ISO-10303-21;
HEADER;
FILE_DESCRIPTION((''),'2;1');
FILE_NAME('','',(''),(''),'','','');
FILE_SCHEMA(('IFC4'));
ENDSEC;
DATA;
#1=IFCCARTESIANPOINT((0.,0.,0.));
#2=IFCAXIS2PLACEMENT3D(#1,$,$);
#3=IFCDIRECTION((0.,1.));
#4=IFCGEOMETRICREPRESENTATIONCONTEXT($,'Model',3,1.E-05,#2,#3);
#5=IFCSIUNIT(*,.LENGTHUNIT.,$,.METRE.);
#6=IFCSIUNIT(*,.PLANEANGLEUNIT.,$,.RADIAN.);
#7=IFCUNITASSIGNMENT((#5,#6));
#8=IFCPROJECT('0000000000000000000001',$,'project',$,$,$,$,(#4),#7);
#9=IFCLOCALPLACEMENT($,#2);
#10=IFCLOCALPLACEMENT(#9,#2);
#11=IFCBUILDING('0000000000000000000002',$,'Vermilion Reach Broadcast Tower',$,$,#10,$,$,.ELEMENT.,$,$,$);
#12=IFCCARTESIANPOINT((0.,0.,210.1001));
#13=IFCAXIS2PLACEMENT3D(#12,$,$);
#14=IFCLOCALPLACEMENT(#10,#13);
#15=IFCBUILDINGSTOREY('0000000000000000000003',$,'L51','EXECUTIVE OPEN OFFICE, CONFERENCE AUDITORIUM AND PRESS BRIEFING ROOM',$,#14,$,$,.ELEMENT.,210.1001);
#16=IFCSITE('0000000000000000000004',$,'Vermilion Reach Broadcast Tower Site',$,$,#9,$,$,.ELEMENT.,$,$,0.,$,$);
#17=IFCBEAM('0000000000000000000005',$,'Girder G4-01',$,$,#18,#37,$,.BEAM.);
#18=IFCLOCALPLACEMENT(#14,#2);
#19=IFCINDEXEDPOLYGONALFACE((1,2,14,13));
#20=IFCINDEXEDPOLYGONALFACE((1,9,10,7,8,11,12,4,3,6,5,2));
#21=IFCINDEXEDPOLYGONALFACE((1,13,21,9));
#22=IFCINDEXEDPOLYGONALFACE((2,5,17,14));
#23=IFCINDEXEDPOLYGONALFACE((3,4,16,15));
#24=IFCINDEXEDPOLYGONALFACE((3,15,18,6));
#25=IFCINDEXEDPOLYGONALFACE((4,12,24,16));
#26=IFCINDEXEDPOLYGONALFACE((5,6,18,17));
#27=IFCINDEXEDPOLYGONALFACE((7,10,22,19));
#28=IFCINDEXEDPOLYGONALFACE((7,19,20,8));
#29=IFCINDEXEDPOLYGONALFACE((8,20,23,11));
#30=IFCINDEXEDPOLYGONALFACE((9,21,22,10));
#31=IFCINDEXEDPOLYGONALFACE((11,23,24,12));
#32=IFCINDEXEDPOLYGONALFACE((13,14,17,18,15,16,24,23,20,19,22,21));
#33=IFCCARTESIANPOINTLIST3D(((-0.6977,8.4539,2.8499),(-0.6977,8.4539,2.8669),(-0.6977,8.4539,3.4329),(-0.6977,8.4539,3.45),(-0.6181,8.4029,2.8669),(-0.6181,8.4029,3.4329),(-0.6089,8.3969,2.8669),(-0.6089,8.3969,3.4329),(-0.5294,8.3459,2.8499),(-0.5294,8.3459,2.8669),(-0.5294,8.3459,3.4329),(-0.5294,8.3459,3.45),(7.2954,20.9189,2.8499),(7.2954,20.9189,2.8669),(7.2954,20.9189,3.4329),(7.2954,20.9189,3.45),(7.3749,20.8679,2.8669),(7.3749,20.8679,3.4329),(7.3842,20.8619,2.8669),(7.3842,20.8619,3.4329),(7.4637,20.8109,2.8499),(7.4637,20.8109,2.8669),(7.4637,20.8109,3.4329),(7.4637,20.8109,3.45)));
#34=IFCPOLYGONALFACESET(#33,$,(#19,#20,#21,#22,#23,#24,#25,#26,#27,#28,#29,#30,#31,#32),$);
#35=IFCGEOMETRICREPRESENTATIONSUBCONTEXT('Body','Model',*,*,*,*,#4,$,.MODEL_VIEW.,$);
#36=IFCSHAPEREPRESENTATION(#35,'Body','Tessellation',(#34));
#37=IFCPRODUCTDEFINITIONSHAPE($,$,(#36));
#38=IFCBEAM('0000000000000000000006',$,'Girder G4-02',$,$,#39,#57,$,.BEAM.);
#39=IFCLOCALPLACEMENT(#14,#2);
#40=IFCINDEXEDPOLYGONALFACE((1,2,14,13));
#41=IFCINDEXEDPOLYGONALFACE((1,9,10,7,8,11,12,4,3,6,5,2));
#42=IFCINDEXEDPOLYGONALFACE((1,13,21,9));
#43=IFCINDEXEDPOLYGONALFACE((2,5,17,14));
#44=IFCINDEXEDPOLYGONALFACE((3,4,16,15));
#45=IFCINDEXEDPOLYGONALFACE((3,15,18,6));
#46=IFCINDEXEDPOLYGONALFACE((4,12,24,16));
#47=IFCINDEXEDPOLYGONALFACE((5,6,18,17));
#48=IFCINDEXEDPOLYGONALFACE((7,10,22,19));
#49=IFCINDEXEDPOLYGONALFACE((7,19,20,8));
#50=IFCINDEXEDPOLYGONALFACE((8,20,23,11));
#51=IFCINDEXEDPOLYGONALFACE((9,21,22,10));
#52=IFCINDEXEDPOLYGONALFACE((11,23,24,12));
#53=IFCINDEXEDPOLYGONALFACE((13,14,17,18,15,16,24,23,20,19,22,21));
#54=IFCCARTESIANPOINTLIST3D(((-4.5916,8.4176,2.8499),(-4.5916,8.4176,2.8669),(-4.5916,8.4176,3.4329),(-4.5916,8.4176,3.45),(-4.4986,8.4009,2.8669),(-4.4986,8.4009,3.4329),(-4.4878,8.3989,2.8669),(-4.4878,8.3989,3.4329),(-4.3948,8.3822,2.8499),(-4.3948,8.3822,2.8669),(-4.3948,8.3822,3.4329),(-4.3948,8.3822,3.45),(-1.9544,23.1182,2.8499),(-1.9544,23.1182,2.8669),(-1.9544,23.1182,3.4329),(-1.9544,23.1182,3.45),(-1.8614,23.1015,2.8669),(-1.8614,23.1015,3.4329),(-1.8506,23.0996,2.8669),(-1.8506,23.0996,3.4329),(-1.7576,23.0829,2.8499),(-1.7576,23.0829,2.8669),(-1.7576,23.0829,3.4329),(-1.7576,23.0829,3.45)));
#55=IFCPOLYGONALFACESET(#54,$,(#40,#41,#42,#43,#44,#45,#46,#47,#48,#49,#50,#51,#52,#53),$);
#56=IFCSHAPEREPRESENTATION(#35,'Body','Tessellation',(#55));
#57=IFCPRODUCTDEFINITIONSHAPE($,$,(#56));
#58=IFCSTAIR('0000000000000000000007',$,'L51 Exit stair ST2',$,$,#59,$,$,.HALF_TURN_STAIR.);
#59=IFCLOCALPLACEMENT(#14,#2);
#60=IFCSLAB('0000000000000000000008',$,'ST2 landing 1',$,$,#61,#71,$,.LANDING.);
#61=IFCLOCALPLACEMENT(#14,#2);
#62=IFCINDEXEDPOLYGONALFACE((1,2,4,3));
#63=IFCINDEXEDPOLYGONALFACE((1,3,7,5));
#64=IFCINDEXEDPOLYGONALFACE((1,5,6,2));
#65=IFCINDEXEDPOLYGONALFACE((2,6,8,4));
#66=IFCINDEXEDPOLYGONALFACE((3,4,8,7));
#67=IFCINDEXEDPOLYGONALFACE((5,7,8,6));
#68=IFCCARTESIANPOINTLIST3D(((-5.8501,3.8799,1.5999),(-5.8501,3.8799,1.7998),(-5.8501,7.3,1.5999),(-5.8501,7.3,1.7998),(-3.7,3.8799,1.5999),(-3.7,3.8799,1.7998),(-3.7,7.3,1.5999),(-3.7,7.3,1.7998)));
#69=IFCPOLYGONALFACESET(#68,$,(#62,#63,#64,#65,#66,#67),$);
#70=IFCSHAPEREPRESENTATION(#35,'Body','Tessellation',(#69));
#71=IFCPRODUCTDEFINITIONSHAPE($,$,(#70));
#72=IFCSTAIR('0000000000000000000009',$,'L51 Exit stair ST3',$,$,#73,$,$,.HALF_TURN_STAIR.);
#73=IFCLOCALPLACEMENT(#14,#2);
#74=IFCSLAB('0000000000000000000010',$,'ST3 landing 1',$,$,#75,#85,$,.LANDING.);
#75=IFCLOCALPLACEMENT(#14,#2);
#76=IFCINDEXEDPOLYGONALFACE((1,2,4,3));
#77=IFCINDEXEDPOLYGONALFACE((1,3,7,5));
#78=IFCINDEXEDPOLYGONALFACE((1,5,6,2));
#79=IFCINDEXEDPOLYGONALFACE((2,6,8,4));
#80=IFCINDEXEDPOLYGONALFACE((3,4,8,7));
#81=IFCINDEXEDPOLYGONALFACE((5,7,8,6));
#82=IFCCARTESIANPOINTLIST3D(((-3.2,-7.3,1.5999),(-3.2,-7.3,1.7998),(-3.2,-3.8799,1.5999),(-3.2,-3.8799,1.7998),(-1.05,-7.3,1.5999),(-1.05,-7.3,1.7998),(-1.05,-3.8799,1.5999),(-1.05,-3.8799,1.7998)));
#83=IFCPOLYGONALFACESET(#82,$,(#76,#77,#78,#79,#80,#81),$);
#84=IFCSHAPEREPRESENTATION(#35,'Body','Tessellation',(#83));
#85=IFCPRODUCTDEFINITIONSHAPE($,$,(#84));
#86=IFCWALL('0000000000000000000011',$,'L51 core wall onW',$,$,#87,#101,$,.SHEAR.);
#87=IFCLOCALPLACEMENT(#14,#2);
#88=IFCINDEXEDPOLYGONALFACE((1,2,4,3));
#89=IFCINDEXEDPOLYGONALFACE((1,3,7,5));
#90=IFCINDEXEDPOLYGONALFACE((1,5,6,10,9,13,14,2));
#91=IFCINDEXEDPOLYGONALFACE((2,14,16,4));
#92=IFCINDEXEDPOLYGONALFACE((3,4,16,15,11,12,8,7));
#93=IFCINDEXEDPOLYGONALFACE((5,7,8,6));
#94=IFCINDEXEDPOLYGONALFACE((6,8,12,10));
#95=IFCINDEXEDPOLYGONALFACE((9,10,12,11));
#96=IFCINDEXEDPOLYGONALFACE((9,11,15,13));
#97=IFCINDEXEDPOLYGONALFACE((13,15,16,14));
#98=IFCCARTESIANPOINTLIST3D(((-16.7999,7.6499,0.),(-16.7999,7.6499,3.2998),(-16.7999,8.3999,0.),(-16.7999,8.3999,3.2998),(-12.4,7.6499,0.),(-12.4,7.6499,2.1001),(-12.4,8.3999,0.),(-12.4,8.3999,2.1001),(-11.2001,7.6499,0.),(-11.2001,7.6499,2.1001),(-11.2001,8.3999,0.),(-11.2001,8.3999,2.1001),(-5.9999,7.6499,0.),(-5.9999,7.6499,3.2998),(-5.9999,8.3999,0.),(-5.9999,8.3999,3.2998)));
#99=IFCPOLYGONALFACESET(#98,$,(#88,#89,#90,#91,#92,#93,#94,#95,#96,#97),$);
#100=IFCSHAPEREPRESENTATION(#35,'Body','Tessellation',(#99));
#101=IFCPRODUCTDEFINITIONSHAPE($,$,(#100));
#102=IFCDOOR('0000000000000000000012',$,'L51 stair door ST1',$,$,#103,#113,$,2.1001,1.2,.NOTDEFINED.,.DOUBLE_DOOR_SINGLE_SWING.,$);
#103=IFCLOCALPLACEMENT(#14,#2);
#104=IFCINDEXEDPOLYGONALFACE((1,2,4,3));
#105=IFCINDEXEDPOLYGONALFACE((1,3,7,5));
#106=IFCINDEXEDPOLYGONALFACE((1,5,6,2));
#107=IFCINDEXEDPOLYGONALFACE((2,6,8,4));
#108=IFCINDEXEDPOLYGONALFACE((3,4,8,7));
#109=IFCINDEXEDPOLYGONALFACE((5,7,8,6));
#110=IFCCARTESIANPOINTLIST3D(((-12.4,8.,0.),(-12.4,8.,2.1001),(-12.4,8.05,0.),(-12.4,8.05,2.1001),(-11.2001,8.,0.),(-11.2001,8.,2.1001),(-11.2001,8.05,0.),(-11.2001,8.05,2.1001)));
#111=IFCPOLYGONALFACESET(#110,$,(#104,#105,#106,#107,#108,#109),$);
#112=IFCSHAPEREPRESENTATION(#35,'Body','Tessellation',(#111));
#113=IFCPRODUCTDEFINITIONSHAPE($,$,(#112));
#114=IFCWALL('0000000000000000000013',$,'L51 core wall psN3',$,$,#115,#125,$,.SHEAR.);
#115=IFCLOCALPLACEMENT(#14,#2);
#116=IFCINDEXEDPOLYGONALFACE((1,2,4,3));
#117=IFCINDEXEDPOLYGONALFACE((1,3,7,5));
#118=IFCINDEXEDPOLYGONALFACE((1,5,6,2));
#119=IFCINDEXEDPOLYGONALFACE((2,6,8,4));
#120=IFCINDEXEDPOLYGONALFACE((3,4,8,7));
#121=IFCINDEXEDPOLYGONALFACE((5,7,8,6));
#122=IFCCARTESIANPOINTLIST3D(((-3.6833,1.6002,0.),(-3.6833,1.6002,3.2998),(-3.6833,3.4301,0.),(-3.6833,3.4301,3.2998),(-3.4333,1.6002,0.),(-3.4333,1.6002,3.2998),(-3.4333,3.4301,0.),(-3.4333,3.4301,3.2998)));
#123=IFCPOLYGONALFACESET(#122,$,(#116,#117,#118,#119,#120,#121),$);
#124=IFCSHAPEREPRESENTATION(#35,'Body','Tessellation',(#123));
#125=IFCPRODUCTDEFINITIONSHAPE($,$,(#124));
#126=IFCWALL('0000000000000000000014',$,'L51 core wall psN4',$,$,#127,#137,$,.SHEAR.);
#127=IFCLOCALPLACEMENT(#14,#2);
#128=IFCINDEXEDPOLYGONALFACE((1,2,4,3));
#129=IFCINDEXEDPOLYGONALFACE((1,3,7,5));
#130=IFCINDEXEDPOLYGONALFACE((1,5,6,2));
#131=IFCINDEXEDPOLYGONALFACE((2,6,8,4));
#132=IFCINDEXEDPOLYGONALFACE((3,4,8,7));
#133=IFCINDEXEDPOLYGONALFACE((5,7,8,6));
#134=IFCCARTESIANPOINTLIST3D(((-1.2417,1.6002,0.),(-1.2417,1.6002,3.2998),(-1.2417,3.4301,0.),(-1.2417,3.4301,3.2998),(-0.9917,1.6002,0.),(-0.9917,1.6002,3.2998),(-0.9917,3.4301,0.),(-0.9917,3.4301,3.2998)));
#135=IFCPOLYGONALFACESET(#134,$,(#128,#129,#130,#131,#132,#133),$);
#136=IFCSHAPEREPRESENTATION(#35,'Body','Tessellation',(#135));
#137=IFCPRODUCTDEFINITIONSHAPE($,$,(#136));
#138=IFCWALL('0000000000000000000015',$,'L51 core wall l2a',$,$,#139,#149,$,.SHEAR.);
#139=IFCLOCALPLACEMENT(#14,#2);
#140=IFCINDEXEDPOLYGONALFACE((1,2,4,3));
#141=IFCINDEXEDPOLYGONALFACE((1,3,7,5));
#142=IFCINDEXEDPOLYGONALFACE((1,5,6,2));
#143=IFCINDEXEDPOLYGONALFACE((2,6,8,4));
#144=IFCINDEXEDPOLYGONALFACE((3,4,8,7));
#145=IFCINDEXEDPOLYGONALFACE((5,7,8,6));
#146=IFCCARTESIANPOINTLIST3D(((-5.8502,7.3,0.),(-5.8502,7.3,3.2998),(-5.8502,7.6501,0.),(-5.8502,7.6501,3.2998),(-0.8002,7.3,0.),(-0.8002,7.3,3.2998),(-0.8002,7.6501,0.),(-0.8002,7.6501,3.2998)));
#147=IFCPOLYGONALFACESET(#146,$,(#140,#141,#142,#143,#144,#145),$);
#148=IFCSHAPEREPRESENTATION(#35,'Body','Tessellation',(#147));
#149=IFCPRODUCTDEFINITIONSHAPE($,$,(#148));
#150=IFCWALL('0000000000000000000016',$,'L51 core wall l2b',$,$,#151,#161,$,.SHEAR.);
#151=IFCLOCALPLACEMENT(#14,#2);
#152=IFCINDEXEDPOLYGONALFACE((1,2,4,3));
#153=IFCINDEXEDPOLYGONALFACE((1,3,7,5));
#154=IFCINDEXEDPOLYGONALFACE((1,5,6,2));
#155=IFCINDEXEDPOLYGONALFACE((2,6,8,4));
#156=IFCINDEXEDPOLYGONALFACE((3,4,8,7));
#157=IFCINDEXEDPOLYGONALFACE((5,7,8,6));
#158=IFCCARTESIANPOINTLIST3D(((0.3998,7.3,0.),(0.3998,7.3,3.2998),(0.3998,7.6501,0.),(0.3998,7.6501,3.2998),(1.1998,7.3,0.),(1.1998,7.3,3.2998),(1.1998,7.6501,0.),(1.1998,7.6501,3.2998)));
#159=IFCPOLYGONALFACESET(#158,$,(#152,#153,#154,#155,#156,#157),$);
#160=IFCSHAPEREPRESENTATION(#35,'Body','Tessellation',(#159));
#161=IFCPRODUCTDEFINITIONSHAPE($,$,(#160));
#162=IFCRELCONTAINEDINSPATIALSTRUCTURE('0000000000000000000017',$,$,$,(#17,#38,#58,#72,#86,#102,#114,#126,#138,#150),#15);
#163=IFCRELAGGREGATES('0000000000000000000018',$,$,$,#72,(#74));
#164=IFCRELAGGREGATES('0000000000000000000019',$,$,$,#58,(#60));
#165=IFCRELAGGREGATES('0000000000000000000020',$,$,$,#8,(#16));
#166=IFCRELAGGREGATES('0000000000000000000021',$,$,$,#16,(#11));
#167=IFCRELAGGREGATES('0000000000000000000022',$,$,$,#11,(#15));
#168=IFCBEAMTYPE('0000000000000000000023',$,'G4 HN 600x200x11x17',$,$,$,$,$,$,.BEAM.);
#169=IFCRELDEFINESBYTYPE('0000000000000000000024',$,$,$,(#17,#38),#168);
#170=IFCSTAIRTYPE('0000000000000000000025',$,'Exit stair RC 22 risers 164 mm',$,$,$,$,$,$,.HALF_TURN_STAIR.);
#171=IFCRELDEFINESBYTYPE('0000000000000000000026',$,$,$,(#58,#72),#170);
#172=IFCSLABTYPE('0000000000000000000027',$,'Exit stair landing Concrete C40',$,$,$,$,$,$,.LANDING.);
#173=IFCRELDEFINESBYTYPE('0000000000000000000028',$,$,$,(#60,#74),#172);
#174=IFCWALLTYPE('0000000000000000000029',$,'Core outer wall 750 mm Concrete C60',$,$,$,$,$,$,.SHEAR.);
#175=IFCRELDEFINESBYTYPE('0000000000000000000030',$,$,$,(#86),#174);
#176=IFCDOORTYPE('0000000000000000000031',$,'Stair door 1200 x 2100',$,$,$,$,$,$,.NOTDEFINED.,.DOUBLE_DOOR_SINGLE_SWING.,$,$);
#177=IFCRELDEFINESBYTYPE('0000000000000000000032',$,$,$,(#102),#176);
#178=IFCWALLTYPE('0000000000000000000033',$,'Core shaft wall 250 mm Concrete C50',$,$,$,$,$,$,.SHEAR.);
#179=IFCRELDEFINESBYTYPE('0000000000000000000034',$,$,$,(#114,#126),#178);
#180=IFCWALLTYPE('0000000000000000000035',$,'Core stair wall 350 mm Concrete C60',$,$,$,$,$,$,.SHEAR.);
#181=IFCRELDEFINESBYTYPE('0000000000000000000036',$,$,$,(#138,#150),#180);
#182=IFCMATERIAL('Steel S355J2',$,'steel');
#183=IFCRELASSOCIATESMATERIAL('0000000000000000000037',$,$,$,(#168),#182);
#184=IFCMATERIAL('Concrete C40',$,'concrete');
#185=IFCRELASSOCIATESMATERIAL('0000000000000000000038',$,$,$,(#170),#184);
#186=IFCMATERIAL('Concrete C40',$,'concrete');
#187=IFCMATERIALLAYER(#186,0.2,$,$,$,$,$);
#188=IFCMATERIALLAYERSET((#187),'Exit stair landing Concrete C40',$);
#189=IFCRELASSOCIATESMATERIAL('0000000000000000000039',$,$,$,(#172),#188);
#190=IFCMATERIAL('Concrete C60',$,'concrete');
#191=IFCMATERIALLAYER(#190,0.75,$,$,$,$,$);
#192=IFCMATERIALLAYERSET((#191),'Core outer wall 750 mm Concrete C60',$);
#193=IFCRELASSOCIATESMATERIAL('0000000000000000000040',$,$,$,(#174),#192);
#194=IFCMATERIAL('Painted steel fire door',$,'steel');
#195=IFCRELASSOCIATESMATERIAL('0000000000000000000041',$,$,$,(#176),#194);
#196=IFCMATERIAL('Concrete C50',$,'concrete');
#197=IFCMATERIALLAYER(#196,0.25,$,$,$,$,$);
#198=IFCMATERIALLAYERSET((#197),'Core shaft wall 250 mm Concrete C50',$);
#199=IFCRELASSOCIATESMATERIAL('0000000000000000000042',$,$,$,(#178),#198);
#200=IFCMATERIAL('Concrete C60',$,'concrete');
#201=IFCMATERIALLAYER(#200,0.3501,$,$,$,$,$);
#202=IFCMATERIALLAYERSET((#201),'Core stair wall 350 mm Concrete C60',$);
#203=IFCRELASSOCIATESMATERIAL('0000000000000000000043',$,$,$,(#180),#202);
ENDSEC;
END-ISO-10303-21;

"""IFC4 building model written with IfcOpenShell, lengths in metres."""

from ifc_helpers import new_model, si_unit, direction, frame, frame_2d, origin, origin_2d, place, context, subcontext, project, spatial, polyline, rectangle, i_section, outline, extrude, material, layer, layer_set, material_profile, profile_set, type_object, element, fill, aggregate, save


model = new_model("IFC4")

# Units and contexts
model_context = context("Model", 3, precision=1e-05, world=origin(), true_north=direction((0.0, 1.0)))
body_context = subcontext(model_context, "Body", "Model", "MODEL_VIEW")
ifc_project = project(units=[si_unit("LENGTHUNIT", "METRE"), si_unit("PLANEANGLEUNIT", "RADIAN")], contexts=[model_context])

# Site, building, storey
site_placement = place(None, origin())
site = spatial("IfcSite", under=ifc_project, at=site_placement, Name="Vermilion Reach Broadcast Tower Site", CompositionType="ELEMENT", RefElevation=0.0)
building_placement = place(site_placement, origin())
building = spatial("IfcBuilding", under=site, at=building_placement, Name="Vermilion Reach Broadcast Tower", CompositionType="ELEMENT")
storey_placement = place(building_placement, frame((0.0, 0.0, 210.1001)))
storey = spatial("IfcBuildingStorey", under=building, at=storey_placement, Name="L51", Description="EXECUTIVE OPEN OFFICE, CONFERENCE AUDITORIUM AND PRESS BRIEFING ROOM", CompositionType="ELEMENT", Elevation=210.1001)

# Beams
ifc_material_1 = material(Name="Steel S355J2", Category="steel")
ifc_material_profile = material_profile(ifc_material_1, i_section(OverallWidth=0.2, OverallDepth=0.6001, WebThickness=0.011, FlangeThickness=0.0171, at=origin_2d()), Name="S355J2 HN 600x200x11x17")
ifc_profile_set = profile_set([ifc_material_profile], Name="Steel S355J2")
beam_type = type_object("IfcBeamType", Name="G4 HN 600x200x11x17", PredefinedType="BEAM", material=ifc_profile_set)
beam_1_placement = place(storey_placement, frame((-0.6135, 8.3999, 3.1499), z_axis=(0.539796, 0.841796, 0.0), x_axis=(-0.841796, 0.539796, 0.0)))
element("IfcBeam", 1, at=beam_1_placement, inside=storey, type_object=beam_type, Name="Girder G4-01", PredefinedType="BEAM", context=body_context, shape_type="SweptSolid", body=[
    extrude(i_section(OverallWidth=0.2, OverallDepth=0.6001, WebThickness=0.011, FlangeThickness=0.0171, at=origin_2d()), origin(), (0.0, 0.0, 1.0), 14.8076),
])
beam_2_placement = place(storey_placement, frame((-4.4932, 8.3999, 3.1499), z_axis=(0.176575, 0.984287, 0.0), x_axis=(-0.984287, 0.176575, 0.0)))
element("IfcBeam", 2, at=beam_2_placement, inside=storey, type_object=beam_type, Name="Girder G4-02", PredefinedType="BEAM", context=body_context, shape_type="SweptSolid", body=[
    extrude(i_section(OverallWidth=0.2, OverallDepth=0.6001, WebThickness=0.011, FlangeThickness=0.0171, at=origin_2d()), origin(), (0.0, 0.0, 1.0), 14.9353),
])

# Stairs, slabs
ifc_material_2 = material(Name="Concrete C40", Category="concrete")
stair_type = type_object("IfcStairType", Name="Exit stair RC 22 risers 164 mm", PredefinedType="HALF_TURN_STAIR", material=ifc_material_2)
placement_1 = place(storey_placement, origin())
stair_1 = element("IfcStair", 3, at=placement_1, inside=storey, type_object=stair_type, Name="L51 Exit stair ST2", PredefinedType="HALF_TURN_STAIR")
ifc_material_3 = material(Name="Concrete C40", Category="concrete")
ifc_layer_1 = layer(ifc_material_3, 0.2)
ifc_layer_set_1 = layer_set([ifc_layer_1], Name="Exit stair landing Concrete C40")
slab_type = type_object("IfcSlabType", Name="Exit stair landing Concrete C40", PredefinedType="LANDING", material=ifc_layer_set_1)
placement_2 = place(storey_placement, frame((0.0, 0.0, 1.5999)))
slab_1 = element("IfcSlab", 4, at=placement_2, type_object=slab_type, Name="ST2 landing 1", PredefinedType="LANDING", context=body_context, shape_type="SweptSolid", body=[
    extrude(outline(polyline([(-3.7, 7.3), (-5.8501, 7.3), (-5.8501, 3.8799), (-3.7, 3.8799), (-3.7, 7.3)])), origin(), (0.0, 0.0, 1.0), 0.2),
])
stair_2 = element("IfcStair", 5, at=placement_1, inside=storey, type_object=stair_type, Name="L51 Exit stair ST3", PredefinedType="HALF_TURN_STAIR")
slab_2 = element("IfcSlab", 6, at=placement_2, type_object=slab_type, Name="ST3 landing 1", PredefinedType="LANDING", context=body_context, shape_type="SweptSolid", body=[
    extrude(outline(polyline([(-3.2, -7.3), (-1.05, -7.3), (-1.05, -3.8799), (-3.2, -3.8799), (-3.2, -7.3)])), origin(), (0.0, 0.0, 1.0), 0.2),
])
aggregate(stair_2, [slab_2])

# Wall, opening, door
ifc_material_4 = material(Name="Concrete C60", Category="concrete")
ifc_layer_2 = layer(ifc_material_4, 0.75)
ifc_layer_set_2 = layer_set([ifc_layer_2], Name="Core outer wall 750 mm Concrete C60")
wall_type_1 = type_object("IfcWallType", Name="Core outer wall 750 mm Concrete C60", PredefinedType="SHEAR", material=ifc_layer_set_2)
wall_1_placement = place(storey_placement, frame((-6.0, 8.0249, 0.0), z_axis=(0.0, 0.0, 1.0), x_axis=(-1.0, 0.0, 0.0)))
wall_1 = element("IfcWall", 7, at=wall_1_placement, inside=storey, type_object=wall_type_1, Name="L51 core wall onW", PredefinedType="SHEAR", context=body_context, shape_type="SweptSolid", body=[
    extrude(rectangle(XDim=10.8, YDim=0.75, at=frame_2d((5.3999, 0.0))), origin(), (0.0, 0.0, 1.0), 3.2998),
])
opening_placement = place(wall_1_placement, frame((5.2, 0.0, 0.0)))
opening = element("IfcOpeningElement", 8, at=opening_placement, cuts=wall_1, PredefinedType="OPENING", context=body_context, shape_type="SweptSolid", body=[
    extrude(rectangle(XDim=1.2, YDim=2.1001, at=frame_2d((0.6001, 1.05))), frame((0.0, 0.385, 0.0), z_axis=(0.0, -1.0, 0.0), x_axis=(1.0, 0.0, 0.0)), (0.0, 0.0, 1.0), 0.77),
])
ifc_material_5 = material(Name="Painted steel fire door", Category="steel")
door_type = type_object("IfcDoorType", Name="Stair door 1200 x 2100", OperationType="DOUBLE_DOOR_SINGLE_SWING", PredefinedType="NOTDEFINED", material=ifc_material_5)
door_placement = place(opening_placement, origin())
door = element("IfcDoor", 9, at=door_placement, inside=storey, type_object=door_type, Name="L51 stair door ST1", OperationType="DOUBLE_DOOR_SINGLE_SWING", OverallHeight=2.1001, OverallWidth=1.2, PredefinedType="NOTDEFINED", context=body_context, shape_type="SweptSolid", body=[
    extrude(rectangle(XDim=1.2, YDim=2.1001, at=frame_2d((0.6001, 1.05))), frame((0.0, 0.0249, 0.0), z_axis=(0.0, -1.0, 0.0), x_axis=(1.0, 0.0, 0.0)), (0.0, 0.0, 1.0), 0.05),
])
fill(opening, door)

# Walls
ifc_material_6 = material(Name="Concrete C50", Category="concrete")
ifc_layer_3 = layer(ifc_material_6, 0.25)
ifc_layer_set_3 = layer_set([ifc_layer_3], Name="Core shaft wall 250 mm Concrete C50")
wall_type_2 = type_object("IfcWallType", Name="Core shaft wall 250 mm Concrete C50", PredefinedType="SHEAR", material=ifc_layer_set_3)
for number, where, z_axis, x_axis, name in (
    (10, (-3.5583, 1.6001, 0.0), (0.0, 0.0, 1.0), (0.0, 1.0, 0.0), "L51 core wall psN3"),
    (11, (-1.1167, 1.6001, 0.0), (0.0, 0.0, 1.0), (0.0, 1.0, 0.0), "L51 core wall psN4"),
):
    element("IfcWall", number, at=place(storey_placement, frame(where, z_axis=z_axis, x_axis=x_axis)), inside=storey, type_object=wall_type_2, Name=name, PredefinedType="SHEAR", context=body_context, shape_type="SweptSolid", body=[
        extrude(rectangle(XDim=1.8298, YDim=0.25, at=frame_2d((0.915, 0.0))), origin(), (0.0, 0.0, 1.0), 3.2998),
    ])
ifc_material_7 = material(Name="Concrete C60", Category="concrete")
ifc_layer_4 = layer(ifc_material_7, 0.3501)
ifc_layer_set_4 = layer_set([ifc_layer_4], Name="Core stair wall 350 mm Concrete C60")
wall_type_3 = type_object("IfcWallType", Name="Core stair wall 350 mm Concrete C60", PredefinedType="SHEAR", material=ifc_layer_set_4)
wall_2_placement = place(storey_placement, frame((-5.8501, 7.4751, 0.0), z_axis=(0.0, 0.0, 1.0), x_axis=(1.0, 0.0, 0.0)))
element("IfcWall", 12, at=wall_2_placement, inside=storey, type_object=wall_type_3, Name="L51 core wall l2a", PredefinedType="SHEAR", context=body_context, shape_type="SweptSolid", body=[
    extrude(rectangle(XDim=5.05, YDim=0.3501, at=frame_2d((2.5249, 0.0))), origin(), (0.0, 0.0, 1.0), 3.2998),
])
wall_3_placement = place(storey_placement, frame((0.3999, 7.4751, 0.0), z_axis=(0.0, 0.0, 1.0), x_axis=(1.0, 0.0, 0.0)))
element("IfcWall", 13, at=wall_3_placement, inside=storey, type_object=wall_type_3, Name="L51 core wall l2b", PredefinedType="SHEAR", context=body_context, shape_type="SweptSolid", body=[
    extrude(rectangle(XDim=0.8, YDim=0.3501, at=frame_2d((0.3999, 0.0))), origin(), (0.0, 0.0, 1.0), 3.2998),
])

aggregate(stair_1, [slab_1])

save(model, "model.ifc")
